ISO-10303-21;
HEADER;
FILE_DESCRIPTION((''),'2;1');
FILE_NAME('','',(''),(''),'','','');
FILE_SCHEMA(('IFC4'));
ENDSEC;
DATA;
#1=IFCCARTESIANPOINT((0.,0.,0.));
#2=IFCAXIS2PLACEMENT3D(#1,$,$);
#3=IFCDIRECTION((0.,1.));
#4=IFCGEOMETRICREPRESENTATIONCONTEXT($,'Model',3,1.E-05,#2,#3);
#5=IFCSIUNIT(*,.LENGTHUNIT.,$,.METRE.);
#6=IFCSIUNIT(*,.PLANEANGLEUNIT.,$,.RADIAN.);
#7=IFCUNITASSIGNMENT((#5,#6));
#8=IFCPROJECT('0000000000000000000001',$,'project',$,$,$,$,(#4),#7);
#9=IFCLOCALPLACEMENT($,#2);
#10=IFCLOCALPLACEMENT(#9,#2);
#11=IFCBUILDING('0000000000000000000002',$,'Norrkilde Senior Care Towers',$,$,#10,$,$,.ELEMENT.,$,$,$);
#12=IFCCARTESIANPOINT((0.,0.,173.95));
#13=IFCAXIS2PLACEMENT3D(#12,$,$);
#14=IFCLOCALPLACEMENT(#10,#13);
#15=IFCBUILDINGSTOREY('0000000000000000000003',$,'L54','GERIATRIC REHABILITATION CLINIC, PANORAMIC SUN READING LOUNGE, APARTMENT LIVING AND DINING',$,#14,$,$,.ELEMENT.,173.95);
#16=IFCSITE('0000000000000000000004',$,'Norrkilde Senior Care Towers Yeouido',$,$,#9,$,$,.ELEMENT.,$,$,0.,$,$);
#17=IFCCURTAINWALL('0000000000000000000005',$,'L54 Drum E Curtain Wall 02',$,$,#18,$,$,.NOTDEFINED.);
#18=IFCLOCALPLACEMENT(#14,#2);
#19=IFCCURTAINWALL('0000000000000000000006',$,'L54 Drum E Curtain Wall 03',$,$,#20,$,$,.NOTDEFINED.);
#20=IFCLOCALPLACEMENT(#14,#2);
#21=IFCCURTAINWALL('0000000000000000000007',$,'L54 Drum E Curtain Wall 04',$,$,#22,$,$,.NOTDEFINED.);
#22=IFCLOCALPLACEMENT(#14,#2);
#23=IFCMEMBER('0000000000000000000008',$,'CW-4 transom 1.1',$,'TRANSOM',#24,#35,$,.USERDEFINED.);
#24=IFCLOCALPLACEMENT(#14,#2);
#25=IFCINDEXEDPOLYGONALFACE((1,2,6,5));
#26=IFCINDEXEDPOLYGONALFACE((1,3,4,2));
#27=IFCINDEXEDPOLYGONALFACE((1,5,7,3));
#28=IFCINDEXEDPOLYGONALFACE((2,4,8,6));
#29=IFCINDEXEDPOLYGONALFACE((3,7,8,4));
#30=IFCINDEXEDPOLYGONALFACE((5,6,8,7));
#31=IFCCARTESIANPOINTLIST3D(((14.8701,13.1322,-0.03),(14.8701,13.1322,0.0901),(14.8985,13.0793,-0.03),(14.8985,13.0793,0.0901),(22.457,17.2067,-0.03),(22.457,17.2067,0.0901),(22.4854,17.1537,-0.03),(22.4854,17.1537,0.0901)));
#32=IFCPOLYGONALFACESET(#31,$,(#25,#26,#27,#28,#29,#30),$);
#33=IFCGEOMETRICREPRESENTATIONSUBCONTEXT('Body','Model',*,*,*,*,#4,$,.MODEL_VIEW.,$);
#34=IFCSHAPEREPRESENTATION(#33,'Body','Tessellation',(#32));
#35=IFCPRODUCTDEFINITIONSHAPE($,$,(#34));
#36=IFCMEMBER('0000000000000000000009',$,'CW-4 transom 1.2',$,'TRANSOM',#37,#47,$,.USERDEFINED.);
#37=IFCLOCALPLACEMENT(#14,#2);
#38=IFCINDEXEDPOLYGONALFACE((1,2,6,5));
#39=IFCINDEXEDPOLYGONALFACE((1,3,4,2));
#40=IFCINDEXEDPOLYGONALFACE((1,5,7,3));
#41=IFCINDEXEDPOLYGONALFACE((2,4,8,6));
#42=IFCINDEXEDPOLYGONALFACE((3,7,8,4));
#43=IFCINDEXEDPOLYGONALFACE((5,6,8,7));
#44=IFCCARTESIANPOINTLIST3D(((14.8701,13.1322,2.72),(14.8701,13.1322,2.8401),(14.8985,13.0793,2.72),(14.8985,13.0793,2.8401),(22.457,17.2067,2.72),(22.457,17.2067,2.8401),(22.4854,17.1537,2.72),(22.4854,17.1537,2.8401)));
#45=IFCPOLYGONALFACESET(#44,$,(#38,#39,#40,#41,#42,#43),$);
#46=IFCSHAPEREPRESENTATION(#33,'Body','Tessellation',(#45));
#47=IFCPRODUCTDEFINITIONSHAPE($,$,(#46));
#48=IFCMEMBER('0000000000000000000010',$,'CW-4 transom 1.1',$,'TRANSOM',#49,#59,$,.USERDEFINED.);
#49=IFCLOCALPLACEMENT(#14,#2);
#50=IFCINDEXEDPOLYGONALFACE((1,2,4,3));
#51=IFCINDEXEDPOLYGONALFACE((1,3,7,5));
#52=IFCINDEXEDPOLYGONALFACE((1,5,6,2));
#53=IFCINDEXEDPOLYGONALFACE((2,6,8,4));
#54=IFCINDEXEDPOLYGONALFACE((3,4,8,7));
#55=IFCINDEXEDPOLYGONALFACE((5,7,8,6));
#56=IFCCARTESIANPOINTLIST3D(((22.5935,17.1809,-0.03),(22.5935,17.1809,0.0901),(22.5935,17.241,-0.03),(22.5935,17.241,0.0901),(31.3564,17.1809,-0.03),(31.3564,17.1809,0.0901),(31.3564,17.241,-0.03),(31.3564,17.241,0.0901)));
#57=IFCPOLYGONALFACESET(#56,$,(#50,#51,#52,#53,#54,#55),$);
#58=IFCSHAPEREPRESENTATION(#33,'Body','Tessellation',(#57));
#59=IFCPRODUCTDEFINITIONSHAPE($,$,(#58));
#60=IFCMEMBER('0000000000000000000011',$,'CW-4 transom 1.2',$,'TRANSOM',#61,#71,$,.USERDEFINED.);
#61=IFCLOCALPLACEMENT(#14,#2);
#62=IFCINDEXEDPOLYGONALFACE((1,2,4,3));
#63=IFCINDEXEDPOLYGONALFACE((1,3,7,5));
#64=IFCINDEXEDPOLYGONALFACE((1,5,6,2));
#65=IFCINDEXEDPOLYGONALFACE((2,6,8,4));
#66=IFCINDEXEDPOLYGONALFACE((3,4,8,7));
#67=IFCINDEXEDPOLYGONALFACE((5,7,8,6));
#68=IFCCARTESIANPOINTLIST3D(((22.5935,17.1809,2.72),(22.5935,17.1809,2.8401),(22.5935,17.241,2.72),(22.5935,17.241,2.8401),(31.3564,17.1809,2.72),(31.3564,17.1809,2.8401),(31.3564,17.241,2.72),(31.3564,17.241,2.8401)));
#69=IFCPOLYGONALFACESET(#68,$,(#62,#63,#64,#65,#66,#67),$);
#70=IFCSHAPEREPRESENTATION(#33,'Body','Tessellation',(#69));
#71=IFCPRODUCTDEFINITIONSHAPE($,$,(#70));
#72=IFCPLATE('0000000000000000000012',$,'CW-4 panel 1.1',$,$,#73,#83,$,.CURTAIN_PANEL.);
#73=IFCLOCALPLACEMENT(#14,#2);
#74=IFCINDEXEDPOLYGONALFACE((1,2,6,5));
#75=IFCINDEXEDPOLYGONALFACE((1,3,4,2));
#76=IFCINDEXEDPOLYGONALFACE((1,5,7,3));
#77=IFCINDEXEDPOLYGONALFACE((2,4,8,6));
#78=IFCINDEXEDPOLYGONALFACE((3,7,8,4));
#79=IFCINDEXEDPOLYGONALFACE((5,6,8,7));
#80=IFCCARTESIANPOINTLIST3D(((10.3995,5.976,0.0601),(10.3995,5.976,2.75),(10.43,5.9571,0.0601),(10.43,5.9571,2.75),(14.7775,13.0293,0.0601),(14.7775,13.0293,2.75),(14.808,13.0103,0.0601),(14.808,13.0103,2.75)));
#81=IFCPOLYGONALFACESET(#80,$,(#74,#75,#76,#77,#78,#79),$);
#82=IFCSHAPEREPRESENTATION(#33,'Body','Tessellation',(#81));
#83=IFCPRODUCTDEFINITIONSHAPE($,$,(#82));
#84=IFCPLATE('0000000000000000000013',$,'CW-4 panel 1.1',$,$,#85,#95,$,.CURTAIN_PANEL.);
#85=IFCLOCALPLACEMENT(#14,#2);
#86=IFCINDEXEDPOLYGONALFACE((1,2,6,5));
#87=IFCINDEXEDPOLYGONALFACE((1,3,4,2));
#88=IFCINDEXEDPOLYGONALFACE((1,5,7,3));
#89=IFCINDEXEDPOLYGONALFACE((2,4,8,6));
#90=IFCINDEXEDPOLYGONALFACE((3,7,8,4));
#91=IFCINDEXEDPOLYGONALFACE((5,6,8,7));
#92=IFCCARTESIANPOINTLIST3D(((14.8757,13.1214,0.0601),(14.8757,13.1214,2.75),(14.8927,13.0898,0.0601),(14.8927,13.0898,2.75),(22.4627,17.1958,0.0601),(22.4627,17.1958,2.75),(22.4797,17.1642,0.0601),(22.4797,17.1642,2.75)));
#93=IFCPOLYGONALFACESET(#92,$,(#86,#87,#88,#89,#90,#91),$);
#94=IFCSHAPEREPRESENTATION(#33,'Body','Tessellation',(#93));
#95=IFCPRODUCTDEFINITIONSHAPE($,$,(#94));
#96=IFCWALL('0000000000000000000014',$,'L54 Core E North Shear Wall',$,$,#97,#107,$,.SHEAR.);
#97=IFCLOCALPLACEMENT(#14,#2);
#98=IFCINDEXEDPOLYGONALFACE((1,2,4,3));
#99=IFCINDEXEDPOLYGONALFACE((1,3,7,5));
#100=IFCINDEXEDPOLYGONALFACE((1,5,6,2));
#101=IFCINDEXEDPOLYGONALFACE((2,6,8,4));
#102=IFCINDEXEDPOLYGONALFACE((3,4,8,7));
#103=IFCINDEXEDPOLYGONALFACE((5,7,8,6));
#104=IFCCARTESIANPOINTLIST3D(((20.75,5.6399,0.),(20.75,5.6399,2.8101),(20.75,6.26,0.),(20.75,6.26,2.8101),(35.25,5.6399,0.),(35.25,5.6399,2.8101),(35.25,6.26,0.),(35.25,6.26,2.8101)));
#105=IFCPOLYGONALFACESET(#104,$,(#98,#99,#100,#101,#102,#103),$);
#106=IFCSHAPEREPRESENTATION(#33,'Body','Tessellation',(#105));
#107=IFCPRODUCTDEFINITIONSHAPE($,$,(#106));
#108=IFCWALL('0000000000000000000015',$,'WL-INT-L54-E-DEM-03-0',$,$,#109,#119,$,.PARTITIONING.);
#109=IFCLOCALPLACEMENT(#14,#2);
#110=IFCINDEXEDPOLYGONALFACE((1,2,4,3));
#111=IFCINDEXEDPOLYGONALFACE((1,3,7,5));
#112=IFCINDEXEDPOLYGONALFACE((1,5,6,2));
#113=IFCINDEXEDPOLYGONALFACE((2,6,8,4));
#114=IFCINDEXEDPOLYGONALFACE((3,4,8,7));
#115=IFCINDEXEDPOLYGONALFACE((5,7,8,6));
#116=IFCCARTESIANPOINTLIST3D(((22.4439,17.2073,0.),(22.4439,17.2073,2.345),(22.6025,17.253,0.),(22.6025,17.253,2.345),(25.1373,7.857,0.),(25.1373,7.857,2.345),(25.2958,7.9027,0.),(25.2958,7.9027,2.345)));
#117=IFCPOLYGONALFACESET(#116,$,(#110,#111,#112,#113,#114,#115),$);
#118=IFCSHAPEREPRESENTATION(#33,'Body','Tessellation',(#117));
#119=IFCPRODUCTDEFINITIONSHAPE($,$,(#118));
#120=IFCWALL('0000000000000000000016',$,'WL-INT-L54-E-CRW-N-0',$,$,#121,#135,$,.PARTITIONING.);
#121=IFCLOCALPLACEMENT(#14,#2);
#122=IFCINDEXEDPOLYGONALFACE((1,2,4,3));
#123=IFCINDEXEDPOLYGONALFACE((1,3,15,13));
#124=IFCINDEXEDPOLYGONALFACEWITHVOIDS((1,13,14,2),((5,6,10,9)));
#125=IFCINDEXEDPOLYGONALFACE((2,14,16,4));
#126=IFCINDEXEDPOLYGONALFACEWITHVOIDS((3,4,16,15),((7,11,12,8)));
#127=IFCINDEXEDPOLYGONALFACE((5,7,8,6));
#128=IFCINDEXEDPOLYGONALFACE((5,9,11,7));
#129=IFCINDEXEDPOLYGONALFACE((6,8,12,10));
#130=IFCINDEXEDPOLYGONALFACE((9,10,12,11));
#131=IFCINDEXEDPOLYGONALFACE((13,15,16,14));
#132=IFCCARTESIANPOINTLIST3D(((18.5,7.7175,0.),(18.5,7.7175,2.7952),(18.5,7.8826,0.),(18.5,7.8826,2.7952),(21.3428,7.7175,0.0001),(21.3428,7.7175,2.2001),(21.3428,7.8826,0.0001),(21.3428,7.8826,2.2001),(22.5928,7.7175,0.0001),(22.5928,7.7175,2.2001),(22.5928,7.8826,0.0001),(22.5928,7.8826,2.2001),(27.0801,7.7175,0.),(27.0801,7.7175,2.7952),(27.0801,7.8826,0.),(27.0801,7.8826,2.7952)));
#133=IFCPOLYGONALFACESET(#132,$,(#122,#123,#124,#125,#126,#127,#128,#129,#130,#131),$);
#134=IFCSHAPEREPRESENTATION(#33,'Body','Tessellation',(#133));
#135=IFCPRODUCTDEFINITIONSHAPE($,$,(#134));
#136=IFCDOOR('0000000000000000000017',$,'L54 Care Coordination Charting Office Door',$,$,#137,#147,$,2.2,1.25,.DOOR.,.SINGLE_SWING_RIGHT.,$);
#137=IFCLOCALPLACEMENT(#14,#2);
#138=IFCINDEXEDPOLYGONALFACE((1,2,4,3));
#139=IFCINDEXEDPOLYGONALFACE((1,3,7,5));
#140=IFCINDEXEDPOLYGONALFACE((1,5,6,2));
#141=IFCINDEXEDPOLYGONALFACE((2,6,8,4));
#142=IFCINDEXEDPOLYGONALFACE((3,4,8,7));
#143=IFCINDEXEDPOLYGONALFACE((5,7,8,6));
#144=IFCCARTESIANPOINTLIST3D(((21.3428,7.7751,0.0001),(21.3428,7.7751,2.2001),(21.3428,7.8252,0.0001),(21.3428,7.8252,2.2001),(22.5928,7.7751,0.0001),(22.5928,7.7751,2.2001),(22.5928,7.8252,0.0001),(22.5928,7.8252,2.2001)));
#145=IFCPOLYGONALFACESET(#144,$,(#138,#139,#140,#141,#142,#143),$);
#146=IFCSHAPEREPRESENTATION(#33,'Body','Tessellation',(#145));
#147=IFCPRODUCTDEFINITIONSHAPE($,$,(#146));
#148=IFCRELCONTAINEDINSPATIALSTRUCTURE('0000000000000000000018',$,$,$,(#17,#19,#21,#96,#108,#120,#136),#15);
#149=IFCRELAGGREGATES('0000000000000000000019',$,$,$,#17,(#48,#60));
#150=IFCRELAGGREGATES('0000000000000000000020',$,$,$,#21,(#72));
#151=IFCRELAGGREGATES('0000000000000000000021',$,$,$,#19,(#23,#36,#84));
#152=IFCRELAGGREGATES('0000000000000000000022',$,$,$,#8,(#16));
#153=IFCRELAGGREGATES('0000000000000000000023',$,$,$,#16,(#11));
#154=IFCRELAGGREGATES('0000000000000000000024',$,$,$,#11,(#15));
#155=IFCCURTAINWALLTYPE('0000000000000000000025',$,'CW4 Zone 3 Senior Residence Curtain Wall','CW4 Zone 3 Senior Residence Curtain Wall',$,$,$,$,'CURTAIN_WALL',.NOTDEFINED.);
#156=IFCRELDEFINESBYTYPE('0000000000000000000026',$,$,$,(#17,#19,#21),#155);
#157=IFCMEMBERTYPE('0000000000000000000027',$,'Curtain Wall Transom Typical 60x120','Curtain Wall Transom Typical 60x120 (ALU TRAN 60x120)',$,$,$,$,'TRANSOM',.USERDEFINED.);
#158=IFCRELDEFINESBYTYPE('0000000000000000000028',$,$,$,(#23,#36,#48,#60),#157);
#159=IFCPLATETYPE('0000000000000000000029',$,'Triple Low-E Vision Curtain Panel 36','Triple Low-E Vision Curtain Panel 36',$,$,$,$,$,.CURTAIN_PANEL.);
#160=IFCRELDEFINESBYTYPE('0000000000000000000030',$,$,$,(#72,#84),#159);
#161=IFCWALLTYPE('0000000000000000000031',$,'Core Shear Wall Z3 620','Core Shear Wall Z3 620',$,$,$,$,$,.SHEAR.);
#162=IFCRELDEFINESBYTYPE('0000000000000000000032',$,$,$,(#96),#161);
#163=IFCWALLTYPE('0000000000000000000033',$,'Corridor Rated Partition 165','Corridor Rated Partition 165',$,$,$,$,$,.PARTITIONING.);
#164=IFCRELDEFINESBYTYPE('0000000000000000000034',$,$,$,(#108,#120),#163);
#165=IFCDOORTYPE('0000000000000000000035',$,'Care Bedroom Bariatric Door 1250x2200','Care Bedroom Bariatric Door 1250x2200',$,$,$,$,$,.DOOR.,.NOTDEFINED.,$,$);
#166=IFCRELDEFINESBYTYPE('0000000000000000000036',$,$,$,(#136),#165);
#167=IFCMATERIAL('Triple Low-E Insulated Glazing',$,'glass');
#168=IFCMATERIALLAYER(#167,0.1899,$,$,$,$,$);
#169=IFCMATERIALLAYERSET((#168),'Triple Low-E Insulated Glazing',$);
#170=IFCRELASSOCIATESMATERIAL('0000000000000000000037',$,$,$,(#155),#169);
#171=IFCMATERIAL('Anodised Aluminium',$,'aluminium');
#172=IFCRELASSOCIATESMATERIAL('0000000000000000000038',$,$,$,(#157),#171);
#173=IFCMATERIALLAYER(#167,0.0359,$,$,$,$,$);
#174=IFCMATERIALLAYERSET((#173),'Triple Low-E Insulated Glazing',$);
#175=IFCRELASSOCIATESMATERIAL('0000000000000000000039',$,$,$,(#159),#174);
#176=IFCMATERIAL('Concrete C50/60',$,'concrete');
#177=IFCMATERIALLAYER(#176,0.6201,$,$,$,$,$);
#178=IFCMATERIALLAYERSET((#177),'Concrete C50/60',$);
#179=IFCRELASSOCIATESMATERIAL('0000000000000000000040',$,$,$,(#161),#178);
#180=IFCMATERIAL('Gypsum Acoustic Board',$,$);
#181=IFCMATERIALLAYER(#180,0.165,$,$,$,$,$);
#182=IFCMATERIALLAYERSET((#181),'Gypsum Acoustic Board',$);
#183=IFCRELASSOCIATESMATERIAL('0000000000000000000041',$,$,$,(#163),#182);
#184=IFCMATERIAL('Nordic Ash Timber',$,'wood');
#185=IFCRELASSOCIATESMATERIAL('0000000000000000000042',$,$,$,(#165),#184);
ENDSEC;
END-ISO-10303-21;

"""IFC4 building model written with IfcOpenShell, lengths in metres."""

from ifc_helpers import new_model, si_unit, direction, frame, frame_2d, origin, origin_2d, place, context, subcontext, project, spatial, rectangle, extrude, source, transform, mapped, material, layer, layer_set, material_profile, profile_set, type_object, type_shapes, element, fill, aggregate, save


model = new_model("IFC4")

# Units and contexts
model_context = context("Model", 3, precision=1e-05, world=origin(), true_north=direction((0.0, 1.0)))
body_context = subcontext(model_context, "Body", "Model", "MODEL_VIEW")
ifc_project = project(units=[si_unit("LENGTHUNIT", "METRE"), si_unit("PLANEANGLEUNIT", "RADIAN")], contexts=[model_context])

# Site, building, storey
site_placement = place(None, origin())
site = spatial("IfcSite", under=ifc_project, at=site_placement, Name="Norrkilde Senior Care Towers Yeouido", CompositionType="ELEMENT", RefElevation=0.0)
building_placement = place(site_placement, origin())
building = spatial("IfcBuilding", under=site, at=building_placement, Name="Norrkilde Senior Care Towers", CompositionType="ELEMENT")
storey_placement = place(building_placement, frame((0.0, 0.0, 173.95)))
storey = spatial("IfcBuildingStorey", under=building, at=storey_placement, Name="L54", Description="GERIATRIC REHABILITATION CLINIC, PANORAMIC SUN READING LOUNGE, APARTMENT LIVING AND DINING", CompositionType="ELEMENT", Elevation=173.95)

# Shared definitions
ifc_material_1 = material(Name="Concrete C50/60", Category="concrete")

# Curtain wall
ifc_material_2 = material(Name="Triple Low-E Insulated Glazing", Category="glass")
ifc_layer_1 = layer(ifc_material_2, 0.1899)
ifc_layer_set_1 = layer_set([ifc_layer_1], Name="Triple Low-E Insulated Glazing")
curtain_wall_type = type_object("IfcCurtainWallType", Name="CW4 Zone 3 Senior Residence Curtain Wall", Description="CW4 Zone 3 Senior Residence Curtain Wall", ElementType="CURTAIN_WALL", PredefinedType="NOTDEFINED", material=ifc_layer_set_1)
curtain_wall_1_placement = place(storey_placement, origin())
curtain_wall_1 = element("IfcCurtainWall", 1, at=curtain_wall_1_placement, inside=storey, type_object=curtain_wall_type, Name="L54 Drum E Curtain Wall 02", PredefinedType="NOTDEFINED")
ifc_material_3 = material(Name="Anodised Aluminium", Category="aluminium")

# Curtain walls
curtain_wall_2_placement = place(storey_placement, origin())
curtain_wall_2 = element("IfcCurtainWall", 2, at=curtain_wall_2_placement, inside=storey, type_object=curtain_wall_type, Name="L54 Drum E Curtain Wall 03", PredefinedType="NOTDEFINED")
curtain_wall_3_placement = place(storey_placement, origin())
curtain_wall_3 = element("IfcCurtainWall", 3, at=curtain_wall_3_placement, inside=storey, type_object=curtain_wall_type, Name="L54 Drum E Curtain Wall 04", PredefinedType="NOTDEFINED")
ifc_material_profile_1 = material_profile(ifc_material_3, rectangle(XDim=0.0601, YDim=0.1201, at=origin_2d()), Name="ALU TRAN 60x120")
ifc_profile_set_1 = profile_set([ifc_material_profile_1], Name="Anodised Aluminium")
member_type_1 = type_object("IfcMemberType", Name="Curtain Wall Transom Typical 60x120", Description="Curtain Wall Transom Typical 60x120 (ALU TRAN 60x120)", ElementType="TRANSOM", PredefinedType="USERDEFINED", material=ifc_profile_set_1)

# Members
shared_shape_1 = source(origin(), body_context, "Body", "SweptSolid", [
    extrude(rectangle(XDim=0.0601, YDim=0.1201, at=origin_2d()), origin(), (0.0, 0.0, 1.0), 8.6118),
])
member_1_placement = place(storey_placement, frame((14.8843, 13.1057, 0.03), z_axis=(0.880994, 0.473127, 0.0), x_axis=(-0.473127, 0.880994, 0.0)))
member_1 = element("IfcMember", 4, at=member_1_placement, type_object=member_type_1, Name="CW-4 transom 1.1", ObjectType="TRANSOM", PredefinedType="USERDEFINED", context=body_context, shape_type="MappedRepresentation", body=[
    mapped(shared_shape_1, transform((0.0, 0.0, 0.0), x_axis=(1.0, 0.0, 0.0), y_axis=(0.0, 1.0, 0.0), z_axis=(0.0, 0.0, 1.0), scale=1.0)),
])
member_2_placement = place(storey_placement, frame((14.8843, 13.1057, 2.78), z_axis=(0.880994, 0.473127, 0.0), x_axis=(-0.473127, 0.880994, 0.0)))
member_2 = element("IfcMember", 5, at=member_2_placement, type_object=member_type_1, Name="CW-4 transom 1.2", ObjectType="TRANSOM", PredefinedType="USERDEFINED", context=body_context, shape_type="MappedRepresentation", body=[
    mapped(shared_shape_1, transform((0.0, 0.0, 0.0), x_axis=(1.0, 0.0, 0.0), y_axis=(0.0, 1.0, 0.0), z_axis=(0.0, 0.0, 1.0), scale=1.0)),
])
shared_shape_2 = source(origin(), body_context, "Body", "SweptSolid", [
    extrude(rectangle(XDim=0.0601, YDim=0.1201, at=origin_2d()), origin(), (0.0, 0.0, 1.0), 8.7629),
])
member_3_placement = place(storey_placement, frame((22.5935, 17.2109, 0.03), z_axis=(1.0, 0.0, 0.0), x_axis=(0.0, 1.0, 0.0)))
member_3 = element("IfcMember", 6, at=member_3_placement, type_object=member_type_1, Name="CW-4 transom 1.1", ObjectType="TRANSOM", PredefinedType="USERDEFINED", context=body_context, shape_type="MappedRepresentation", body=[
    mapped(shared_shape_2, transform((0.0, 0.0, 0.0), x_axis=(1.0, 0.0, 0.0), y_axis=(0.0, 1.0, 0.0), z_axis=(0.0, 0.0, 1.0), scale=1.0)),
])
member_4_placement = place(storey_placement, frame((22.5935, 17.2109, 2.78), z_axis=(1.0, 0.0, 0.0), x_axis=(0.0, 1.0, 0.0)))
member_4 = element("IfcMember", 7, at=member_4_placement, type_object=member_type_1, Name="CW-4 transom 1.2", ObjectType="TRANSOM", PredefinedType="USERDEFINED", context=body_context, shape_type="MappedRepresentation", body=[
    mapped(shared_shape_2, transform((0.0, 0.0, 0.0), x_axis=(1.0, 0.0, 0.0), y_axis=(0.0, 1.0, 0.0), z_axis=(0.0, 0.0, 1.0), scale=1.0)),
])
aggregate(curtain_wall_1, [member_3, member_4])

# Plates
ifc_layer_2 = layer(ifc_material_2, 0.0359)
ifc_layer_set_2 = layer_set([ifc_layer_2], Name="Triple Low-E Insulated Glazing")
plate_type = type_object("IfcPlateType", Name="Triple Low-E Vision Curtain Panel 36", Description="Triple Low-E Vision Curtain Panel 36", PredefinedType="CURTAIN_PANEL", material=ifc_layer_set_2)
shared_shape_3 = source(origin(), body_context, "Body", "SweptSolid", [
    extrude(rectangle(XDim=8.3015, YDim=0.0359, at=origin_2d()), origin(), (0.0, 0.0, 1.0), 2.6899),
])
plate_1_placement = place(storey_placement, frame((12.6038, 9.4932, 0.0601), z_axis=(0.0, 0.0, 1.0), x_axis=(0.527373, 0.849634, 0.0)))
plate_1 = element("IfcPlate", 8, at=plate_1_placement, type_object=plate_type, Name="CW-4 panel 1.1", PredefinedType="CURTAIN_PANEL", context=body_context, shape_type="MappedRepresentation", body=[
    mapped(shared_shape_3, transform((0.0, 0.0, 0.0), x_axis=(1.0, 0.0, 0.0), y_axis=(0.0, 1.0, 0.0), z_axis=(0.0, 0.0, 1.0), scale=1.0)),
])
aggregate(curtain_wall_3, [plate_1])
shared_shape_4 = source(origin(), body_context, "Body", "SweptSolid", [
    extrude(rectangle(XDim=8.6118, YDim=0.0359, at=origin_2d()), origin(), (0.0, 0.0, 1.0), 2.6899),
])
type_shapes(plate_type, [shared_shape_3, shared_shape_4])
plate_2_placement = place(storey_placement, frame((18.6777, 15.1428, 0.0601), z_axis=(0.0, 0.0, 1.0), x_axis=(0.881, 0.473117, 0.0)))
plate_2 = element("IfcPlate", 9, at=plate_2_placement, type_object=plate_type, Name="CW-4 panel 1.1", PredefinedType="CURTAIN_PANEL", context=body_context, shape_type="MappedRepresentation", body=[
    mapped(shared_shape_4, transform((0.0, 0.0, 0.0), x_axis=(1.0, 0.0, 0.0), y_axis=(0.0, 1.0, 0.0), z_axis=(0.0, 0.0, 1.0), scale=1.0)),
])
aggregate(curtain_wall_2, [member_1, member_2, plate_2])

# Walls
ifc_layer_3 = layer(ifc_material_1, 0.6201)
ifc_layer_set_3 = layer_set([ifc_layer_3], Name="Concrete C50/60")
wall_type_1 = type_object("IfcWallType", Name="Core Shear Wall Z3 620", Description="Core Shear Wall Z3 620", PredefinedType="SHEAR", material=ifc_layer_set_3)
shared_shape_5 = source(origin(), body_context, "Body", "SweptSolid", [
    extrude(rectangle(XDim=14.5, YDim=0.6201, at=frame_2d((7.25, 0.0))), origin(), (0.0, 0.0, 1.0), 2.8101),
])
type_shapes(wall_type_1, [shared_shape_5])
wall_1_placement = place(storey_placement, frame((20.75, 5.95, 0.0), z_axis=(0.0, 0.0, 1.0), x_axis=(1.0, 0.0, 0.0)))
element("IfcWall", 10, at=wall_1_placement, inside=storey, type_object=wall_type_1, Name="L54 Core E North Shear Wall", PredefinedType="SHEAR", context=body_context, shape_type="MappedRepresentation", body=[
    mapped(shared_shape_5, transform((0.0, 0.0, 0.0), x_axis=(1.0, 0.0, 0.0), y_axis=(0.0, 1.0, 0.0), z_axis=(0.0, 0.0, 1.0), scale=1.0)),
])
ifc_material_4 = material(Name="Gypsum Acoustic Board")
ifc_layer_4 = layer(ifc_material_4, 0.165)
ifc_layer_set_4 = layer_set([ifc_layer_4], Name="Gypsum Acoustic Board")
wall_type_2 = type_object("IfcWallType", Name="Corridor Rated Partition 165", Description="Corridor Rated Partition 165", PredefinedType="PARTITIONING", material=ifc_layer_set_4)
shared_shape_6 = source(origin(), body_context, "Body", "SweptSolid", [
    extrude(rectangle(XDim=9.7305, YDim=0.165, at=frame_2d((4.8652, 0.0))), origin(), (0.0, 0.0, 1.0), 2.345),
])
wall_2_placement = place(storey_placement, frame((25.2166, 7.8799, 0.0), z_axis=(0.0, 0.0, 1.0), x_axis=(-0.276795, 0.960929, 0.0)))
element("IfcWall", 11, at=wall_2_placement, inside=storey, type_object=wall_type_2, Name="WL-INT-L54-E-DEM-03-0", PredefinedType="PARTITIONING", context=body_context, shape_type="MappedRepresentation", body=[
    mapped(shared_shape_6, transform((0.0, 0.0, 0.0), x_axis=(1.0, 0.0, 0.0), y_axis=(0.0, 1.0, 0.0), z_axis=(0.0, 0.0, 1.0), scale=1.0)),
])

# Wall, opening, door
shared_shape_7 = source(origin(), body_context, "Body", "SweptSolid", [
    extrude(rectangle(XDim=8.5801, YDim=0.165, at=frame_2d((4.29, 0.0))), origin(), (0.0, 0.0, 1.0), 2.7952),
])
type_shapes(wall_type_2, [shared_shape_6, shared_shape_7])
wall_3_placement = place(storey_placement, frame((18.5, 7.8, 0.0), z_axis=(0.0, 0.0, 1.0), x_axis=(1.0, 0.0, 0.0)))
wall_3 = element("IfcWall", 12, at=wall_3_placement, inside=storey, type_object=wall_type_2, Name="WL-INT-L54-E-CRW-N-0", PredefinedType="PARTITIONING", context=body_context, shape_type="MappedRepresentation", body=[
    mapped(shared_shape_7, transform((0.0, 0.0, 0.0), x_axis=(1.0, 0.0, 0.0), y_axis=(0.0, 1.0, 0.0), z_axis=(0.0, 0.0, 1.0), scale=1.0)),
])
opening_placement = place(wall_3_placement, frame((2.8428, 0.0, 0.0)))
opening = element("IfcOpeningElement", 13, at=opening_placement, cuts=wall_3, PredefinedType="OPENING", context=body_context, shape_type="SweptSolid", body=[
    extrude(rectangle(XDim=1.25, YDim=2.2, at=frame_2d((0.625, 1.1001))), frame((0.0, 0.0925, 0.0), z_axis=(0.0, -1.0, 0.0), x_axis=(1.0, 0.0, 0.0)), (0.0, 0.0, 1.0), 0.1851),
])
ifc_material_5 = material(Name="Nordic Ash Timber", Category="wood")
door_type = type_object("IfcDoorType", Name="Care Bedroom Bariatric Door 1250x2200", Description="Care Bedroom Bariatric Door 1250x2200", OperationType="NOTDEFINED", PredefinedType="DOOR", material=ifc_material_5)
shared_shape_8 = source(origin(), body_context, "Body", "SweptSolid", [
    extrude(rectangle(XDim=1.25, YDim=2.2, at=frame_2d((0.625, 1.1001))), frame((0.0, 0.0249, 0.0), z_axis=(0.0, -1.0, 0.0), x_axis=(1.0, 0.0, 0.0)), (0.0, 0.0, 1.0), 0.05),
])
type_shapes(door_type, [shared_shape_8])
door_placement = place(opening_placement, frame((1.25, 0.0, 0.0), z_axis=(0.0, 0.0, 1.0), x_axis=(-1.0, 0.0, 0.0)))
door = element("IfcDoor", 14, at=door_placement, inside=storey, type_object=door_type, Name="L54 Care Coordination Charting Office Door", OperationType="SINGLE_SWING_RIGHT", OverallHeight=2.2, OverallWidth=1.25, PredefinedType="DOOR", context=body_context, shape_type="MappedRepresentation", body=[
    mapped(shared_shape_8, transform((0.0, 0.0, 0.0), x_axis=(1.0, 0.0, 0.0), y_axis=(0.0, 1.0, 0.0), z_axis=(0.0, 0.0, 1.0), scale=1.0)),
])
fill(opening, door)

save(model, "model.ifc")
